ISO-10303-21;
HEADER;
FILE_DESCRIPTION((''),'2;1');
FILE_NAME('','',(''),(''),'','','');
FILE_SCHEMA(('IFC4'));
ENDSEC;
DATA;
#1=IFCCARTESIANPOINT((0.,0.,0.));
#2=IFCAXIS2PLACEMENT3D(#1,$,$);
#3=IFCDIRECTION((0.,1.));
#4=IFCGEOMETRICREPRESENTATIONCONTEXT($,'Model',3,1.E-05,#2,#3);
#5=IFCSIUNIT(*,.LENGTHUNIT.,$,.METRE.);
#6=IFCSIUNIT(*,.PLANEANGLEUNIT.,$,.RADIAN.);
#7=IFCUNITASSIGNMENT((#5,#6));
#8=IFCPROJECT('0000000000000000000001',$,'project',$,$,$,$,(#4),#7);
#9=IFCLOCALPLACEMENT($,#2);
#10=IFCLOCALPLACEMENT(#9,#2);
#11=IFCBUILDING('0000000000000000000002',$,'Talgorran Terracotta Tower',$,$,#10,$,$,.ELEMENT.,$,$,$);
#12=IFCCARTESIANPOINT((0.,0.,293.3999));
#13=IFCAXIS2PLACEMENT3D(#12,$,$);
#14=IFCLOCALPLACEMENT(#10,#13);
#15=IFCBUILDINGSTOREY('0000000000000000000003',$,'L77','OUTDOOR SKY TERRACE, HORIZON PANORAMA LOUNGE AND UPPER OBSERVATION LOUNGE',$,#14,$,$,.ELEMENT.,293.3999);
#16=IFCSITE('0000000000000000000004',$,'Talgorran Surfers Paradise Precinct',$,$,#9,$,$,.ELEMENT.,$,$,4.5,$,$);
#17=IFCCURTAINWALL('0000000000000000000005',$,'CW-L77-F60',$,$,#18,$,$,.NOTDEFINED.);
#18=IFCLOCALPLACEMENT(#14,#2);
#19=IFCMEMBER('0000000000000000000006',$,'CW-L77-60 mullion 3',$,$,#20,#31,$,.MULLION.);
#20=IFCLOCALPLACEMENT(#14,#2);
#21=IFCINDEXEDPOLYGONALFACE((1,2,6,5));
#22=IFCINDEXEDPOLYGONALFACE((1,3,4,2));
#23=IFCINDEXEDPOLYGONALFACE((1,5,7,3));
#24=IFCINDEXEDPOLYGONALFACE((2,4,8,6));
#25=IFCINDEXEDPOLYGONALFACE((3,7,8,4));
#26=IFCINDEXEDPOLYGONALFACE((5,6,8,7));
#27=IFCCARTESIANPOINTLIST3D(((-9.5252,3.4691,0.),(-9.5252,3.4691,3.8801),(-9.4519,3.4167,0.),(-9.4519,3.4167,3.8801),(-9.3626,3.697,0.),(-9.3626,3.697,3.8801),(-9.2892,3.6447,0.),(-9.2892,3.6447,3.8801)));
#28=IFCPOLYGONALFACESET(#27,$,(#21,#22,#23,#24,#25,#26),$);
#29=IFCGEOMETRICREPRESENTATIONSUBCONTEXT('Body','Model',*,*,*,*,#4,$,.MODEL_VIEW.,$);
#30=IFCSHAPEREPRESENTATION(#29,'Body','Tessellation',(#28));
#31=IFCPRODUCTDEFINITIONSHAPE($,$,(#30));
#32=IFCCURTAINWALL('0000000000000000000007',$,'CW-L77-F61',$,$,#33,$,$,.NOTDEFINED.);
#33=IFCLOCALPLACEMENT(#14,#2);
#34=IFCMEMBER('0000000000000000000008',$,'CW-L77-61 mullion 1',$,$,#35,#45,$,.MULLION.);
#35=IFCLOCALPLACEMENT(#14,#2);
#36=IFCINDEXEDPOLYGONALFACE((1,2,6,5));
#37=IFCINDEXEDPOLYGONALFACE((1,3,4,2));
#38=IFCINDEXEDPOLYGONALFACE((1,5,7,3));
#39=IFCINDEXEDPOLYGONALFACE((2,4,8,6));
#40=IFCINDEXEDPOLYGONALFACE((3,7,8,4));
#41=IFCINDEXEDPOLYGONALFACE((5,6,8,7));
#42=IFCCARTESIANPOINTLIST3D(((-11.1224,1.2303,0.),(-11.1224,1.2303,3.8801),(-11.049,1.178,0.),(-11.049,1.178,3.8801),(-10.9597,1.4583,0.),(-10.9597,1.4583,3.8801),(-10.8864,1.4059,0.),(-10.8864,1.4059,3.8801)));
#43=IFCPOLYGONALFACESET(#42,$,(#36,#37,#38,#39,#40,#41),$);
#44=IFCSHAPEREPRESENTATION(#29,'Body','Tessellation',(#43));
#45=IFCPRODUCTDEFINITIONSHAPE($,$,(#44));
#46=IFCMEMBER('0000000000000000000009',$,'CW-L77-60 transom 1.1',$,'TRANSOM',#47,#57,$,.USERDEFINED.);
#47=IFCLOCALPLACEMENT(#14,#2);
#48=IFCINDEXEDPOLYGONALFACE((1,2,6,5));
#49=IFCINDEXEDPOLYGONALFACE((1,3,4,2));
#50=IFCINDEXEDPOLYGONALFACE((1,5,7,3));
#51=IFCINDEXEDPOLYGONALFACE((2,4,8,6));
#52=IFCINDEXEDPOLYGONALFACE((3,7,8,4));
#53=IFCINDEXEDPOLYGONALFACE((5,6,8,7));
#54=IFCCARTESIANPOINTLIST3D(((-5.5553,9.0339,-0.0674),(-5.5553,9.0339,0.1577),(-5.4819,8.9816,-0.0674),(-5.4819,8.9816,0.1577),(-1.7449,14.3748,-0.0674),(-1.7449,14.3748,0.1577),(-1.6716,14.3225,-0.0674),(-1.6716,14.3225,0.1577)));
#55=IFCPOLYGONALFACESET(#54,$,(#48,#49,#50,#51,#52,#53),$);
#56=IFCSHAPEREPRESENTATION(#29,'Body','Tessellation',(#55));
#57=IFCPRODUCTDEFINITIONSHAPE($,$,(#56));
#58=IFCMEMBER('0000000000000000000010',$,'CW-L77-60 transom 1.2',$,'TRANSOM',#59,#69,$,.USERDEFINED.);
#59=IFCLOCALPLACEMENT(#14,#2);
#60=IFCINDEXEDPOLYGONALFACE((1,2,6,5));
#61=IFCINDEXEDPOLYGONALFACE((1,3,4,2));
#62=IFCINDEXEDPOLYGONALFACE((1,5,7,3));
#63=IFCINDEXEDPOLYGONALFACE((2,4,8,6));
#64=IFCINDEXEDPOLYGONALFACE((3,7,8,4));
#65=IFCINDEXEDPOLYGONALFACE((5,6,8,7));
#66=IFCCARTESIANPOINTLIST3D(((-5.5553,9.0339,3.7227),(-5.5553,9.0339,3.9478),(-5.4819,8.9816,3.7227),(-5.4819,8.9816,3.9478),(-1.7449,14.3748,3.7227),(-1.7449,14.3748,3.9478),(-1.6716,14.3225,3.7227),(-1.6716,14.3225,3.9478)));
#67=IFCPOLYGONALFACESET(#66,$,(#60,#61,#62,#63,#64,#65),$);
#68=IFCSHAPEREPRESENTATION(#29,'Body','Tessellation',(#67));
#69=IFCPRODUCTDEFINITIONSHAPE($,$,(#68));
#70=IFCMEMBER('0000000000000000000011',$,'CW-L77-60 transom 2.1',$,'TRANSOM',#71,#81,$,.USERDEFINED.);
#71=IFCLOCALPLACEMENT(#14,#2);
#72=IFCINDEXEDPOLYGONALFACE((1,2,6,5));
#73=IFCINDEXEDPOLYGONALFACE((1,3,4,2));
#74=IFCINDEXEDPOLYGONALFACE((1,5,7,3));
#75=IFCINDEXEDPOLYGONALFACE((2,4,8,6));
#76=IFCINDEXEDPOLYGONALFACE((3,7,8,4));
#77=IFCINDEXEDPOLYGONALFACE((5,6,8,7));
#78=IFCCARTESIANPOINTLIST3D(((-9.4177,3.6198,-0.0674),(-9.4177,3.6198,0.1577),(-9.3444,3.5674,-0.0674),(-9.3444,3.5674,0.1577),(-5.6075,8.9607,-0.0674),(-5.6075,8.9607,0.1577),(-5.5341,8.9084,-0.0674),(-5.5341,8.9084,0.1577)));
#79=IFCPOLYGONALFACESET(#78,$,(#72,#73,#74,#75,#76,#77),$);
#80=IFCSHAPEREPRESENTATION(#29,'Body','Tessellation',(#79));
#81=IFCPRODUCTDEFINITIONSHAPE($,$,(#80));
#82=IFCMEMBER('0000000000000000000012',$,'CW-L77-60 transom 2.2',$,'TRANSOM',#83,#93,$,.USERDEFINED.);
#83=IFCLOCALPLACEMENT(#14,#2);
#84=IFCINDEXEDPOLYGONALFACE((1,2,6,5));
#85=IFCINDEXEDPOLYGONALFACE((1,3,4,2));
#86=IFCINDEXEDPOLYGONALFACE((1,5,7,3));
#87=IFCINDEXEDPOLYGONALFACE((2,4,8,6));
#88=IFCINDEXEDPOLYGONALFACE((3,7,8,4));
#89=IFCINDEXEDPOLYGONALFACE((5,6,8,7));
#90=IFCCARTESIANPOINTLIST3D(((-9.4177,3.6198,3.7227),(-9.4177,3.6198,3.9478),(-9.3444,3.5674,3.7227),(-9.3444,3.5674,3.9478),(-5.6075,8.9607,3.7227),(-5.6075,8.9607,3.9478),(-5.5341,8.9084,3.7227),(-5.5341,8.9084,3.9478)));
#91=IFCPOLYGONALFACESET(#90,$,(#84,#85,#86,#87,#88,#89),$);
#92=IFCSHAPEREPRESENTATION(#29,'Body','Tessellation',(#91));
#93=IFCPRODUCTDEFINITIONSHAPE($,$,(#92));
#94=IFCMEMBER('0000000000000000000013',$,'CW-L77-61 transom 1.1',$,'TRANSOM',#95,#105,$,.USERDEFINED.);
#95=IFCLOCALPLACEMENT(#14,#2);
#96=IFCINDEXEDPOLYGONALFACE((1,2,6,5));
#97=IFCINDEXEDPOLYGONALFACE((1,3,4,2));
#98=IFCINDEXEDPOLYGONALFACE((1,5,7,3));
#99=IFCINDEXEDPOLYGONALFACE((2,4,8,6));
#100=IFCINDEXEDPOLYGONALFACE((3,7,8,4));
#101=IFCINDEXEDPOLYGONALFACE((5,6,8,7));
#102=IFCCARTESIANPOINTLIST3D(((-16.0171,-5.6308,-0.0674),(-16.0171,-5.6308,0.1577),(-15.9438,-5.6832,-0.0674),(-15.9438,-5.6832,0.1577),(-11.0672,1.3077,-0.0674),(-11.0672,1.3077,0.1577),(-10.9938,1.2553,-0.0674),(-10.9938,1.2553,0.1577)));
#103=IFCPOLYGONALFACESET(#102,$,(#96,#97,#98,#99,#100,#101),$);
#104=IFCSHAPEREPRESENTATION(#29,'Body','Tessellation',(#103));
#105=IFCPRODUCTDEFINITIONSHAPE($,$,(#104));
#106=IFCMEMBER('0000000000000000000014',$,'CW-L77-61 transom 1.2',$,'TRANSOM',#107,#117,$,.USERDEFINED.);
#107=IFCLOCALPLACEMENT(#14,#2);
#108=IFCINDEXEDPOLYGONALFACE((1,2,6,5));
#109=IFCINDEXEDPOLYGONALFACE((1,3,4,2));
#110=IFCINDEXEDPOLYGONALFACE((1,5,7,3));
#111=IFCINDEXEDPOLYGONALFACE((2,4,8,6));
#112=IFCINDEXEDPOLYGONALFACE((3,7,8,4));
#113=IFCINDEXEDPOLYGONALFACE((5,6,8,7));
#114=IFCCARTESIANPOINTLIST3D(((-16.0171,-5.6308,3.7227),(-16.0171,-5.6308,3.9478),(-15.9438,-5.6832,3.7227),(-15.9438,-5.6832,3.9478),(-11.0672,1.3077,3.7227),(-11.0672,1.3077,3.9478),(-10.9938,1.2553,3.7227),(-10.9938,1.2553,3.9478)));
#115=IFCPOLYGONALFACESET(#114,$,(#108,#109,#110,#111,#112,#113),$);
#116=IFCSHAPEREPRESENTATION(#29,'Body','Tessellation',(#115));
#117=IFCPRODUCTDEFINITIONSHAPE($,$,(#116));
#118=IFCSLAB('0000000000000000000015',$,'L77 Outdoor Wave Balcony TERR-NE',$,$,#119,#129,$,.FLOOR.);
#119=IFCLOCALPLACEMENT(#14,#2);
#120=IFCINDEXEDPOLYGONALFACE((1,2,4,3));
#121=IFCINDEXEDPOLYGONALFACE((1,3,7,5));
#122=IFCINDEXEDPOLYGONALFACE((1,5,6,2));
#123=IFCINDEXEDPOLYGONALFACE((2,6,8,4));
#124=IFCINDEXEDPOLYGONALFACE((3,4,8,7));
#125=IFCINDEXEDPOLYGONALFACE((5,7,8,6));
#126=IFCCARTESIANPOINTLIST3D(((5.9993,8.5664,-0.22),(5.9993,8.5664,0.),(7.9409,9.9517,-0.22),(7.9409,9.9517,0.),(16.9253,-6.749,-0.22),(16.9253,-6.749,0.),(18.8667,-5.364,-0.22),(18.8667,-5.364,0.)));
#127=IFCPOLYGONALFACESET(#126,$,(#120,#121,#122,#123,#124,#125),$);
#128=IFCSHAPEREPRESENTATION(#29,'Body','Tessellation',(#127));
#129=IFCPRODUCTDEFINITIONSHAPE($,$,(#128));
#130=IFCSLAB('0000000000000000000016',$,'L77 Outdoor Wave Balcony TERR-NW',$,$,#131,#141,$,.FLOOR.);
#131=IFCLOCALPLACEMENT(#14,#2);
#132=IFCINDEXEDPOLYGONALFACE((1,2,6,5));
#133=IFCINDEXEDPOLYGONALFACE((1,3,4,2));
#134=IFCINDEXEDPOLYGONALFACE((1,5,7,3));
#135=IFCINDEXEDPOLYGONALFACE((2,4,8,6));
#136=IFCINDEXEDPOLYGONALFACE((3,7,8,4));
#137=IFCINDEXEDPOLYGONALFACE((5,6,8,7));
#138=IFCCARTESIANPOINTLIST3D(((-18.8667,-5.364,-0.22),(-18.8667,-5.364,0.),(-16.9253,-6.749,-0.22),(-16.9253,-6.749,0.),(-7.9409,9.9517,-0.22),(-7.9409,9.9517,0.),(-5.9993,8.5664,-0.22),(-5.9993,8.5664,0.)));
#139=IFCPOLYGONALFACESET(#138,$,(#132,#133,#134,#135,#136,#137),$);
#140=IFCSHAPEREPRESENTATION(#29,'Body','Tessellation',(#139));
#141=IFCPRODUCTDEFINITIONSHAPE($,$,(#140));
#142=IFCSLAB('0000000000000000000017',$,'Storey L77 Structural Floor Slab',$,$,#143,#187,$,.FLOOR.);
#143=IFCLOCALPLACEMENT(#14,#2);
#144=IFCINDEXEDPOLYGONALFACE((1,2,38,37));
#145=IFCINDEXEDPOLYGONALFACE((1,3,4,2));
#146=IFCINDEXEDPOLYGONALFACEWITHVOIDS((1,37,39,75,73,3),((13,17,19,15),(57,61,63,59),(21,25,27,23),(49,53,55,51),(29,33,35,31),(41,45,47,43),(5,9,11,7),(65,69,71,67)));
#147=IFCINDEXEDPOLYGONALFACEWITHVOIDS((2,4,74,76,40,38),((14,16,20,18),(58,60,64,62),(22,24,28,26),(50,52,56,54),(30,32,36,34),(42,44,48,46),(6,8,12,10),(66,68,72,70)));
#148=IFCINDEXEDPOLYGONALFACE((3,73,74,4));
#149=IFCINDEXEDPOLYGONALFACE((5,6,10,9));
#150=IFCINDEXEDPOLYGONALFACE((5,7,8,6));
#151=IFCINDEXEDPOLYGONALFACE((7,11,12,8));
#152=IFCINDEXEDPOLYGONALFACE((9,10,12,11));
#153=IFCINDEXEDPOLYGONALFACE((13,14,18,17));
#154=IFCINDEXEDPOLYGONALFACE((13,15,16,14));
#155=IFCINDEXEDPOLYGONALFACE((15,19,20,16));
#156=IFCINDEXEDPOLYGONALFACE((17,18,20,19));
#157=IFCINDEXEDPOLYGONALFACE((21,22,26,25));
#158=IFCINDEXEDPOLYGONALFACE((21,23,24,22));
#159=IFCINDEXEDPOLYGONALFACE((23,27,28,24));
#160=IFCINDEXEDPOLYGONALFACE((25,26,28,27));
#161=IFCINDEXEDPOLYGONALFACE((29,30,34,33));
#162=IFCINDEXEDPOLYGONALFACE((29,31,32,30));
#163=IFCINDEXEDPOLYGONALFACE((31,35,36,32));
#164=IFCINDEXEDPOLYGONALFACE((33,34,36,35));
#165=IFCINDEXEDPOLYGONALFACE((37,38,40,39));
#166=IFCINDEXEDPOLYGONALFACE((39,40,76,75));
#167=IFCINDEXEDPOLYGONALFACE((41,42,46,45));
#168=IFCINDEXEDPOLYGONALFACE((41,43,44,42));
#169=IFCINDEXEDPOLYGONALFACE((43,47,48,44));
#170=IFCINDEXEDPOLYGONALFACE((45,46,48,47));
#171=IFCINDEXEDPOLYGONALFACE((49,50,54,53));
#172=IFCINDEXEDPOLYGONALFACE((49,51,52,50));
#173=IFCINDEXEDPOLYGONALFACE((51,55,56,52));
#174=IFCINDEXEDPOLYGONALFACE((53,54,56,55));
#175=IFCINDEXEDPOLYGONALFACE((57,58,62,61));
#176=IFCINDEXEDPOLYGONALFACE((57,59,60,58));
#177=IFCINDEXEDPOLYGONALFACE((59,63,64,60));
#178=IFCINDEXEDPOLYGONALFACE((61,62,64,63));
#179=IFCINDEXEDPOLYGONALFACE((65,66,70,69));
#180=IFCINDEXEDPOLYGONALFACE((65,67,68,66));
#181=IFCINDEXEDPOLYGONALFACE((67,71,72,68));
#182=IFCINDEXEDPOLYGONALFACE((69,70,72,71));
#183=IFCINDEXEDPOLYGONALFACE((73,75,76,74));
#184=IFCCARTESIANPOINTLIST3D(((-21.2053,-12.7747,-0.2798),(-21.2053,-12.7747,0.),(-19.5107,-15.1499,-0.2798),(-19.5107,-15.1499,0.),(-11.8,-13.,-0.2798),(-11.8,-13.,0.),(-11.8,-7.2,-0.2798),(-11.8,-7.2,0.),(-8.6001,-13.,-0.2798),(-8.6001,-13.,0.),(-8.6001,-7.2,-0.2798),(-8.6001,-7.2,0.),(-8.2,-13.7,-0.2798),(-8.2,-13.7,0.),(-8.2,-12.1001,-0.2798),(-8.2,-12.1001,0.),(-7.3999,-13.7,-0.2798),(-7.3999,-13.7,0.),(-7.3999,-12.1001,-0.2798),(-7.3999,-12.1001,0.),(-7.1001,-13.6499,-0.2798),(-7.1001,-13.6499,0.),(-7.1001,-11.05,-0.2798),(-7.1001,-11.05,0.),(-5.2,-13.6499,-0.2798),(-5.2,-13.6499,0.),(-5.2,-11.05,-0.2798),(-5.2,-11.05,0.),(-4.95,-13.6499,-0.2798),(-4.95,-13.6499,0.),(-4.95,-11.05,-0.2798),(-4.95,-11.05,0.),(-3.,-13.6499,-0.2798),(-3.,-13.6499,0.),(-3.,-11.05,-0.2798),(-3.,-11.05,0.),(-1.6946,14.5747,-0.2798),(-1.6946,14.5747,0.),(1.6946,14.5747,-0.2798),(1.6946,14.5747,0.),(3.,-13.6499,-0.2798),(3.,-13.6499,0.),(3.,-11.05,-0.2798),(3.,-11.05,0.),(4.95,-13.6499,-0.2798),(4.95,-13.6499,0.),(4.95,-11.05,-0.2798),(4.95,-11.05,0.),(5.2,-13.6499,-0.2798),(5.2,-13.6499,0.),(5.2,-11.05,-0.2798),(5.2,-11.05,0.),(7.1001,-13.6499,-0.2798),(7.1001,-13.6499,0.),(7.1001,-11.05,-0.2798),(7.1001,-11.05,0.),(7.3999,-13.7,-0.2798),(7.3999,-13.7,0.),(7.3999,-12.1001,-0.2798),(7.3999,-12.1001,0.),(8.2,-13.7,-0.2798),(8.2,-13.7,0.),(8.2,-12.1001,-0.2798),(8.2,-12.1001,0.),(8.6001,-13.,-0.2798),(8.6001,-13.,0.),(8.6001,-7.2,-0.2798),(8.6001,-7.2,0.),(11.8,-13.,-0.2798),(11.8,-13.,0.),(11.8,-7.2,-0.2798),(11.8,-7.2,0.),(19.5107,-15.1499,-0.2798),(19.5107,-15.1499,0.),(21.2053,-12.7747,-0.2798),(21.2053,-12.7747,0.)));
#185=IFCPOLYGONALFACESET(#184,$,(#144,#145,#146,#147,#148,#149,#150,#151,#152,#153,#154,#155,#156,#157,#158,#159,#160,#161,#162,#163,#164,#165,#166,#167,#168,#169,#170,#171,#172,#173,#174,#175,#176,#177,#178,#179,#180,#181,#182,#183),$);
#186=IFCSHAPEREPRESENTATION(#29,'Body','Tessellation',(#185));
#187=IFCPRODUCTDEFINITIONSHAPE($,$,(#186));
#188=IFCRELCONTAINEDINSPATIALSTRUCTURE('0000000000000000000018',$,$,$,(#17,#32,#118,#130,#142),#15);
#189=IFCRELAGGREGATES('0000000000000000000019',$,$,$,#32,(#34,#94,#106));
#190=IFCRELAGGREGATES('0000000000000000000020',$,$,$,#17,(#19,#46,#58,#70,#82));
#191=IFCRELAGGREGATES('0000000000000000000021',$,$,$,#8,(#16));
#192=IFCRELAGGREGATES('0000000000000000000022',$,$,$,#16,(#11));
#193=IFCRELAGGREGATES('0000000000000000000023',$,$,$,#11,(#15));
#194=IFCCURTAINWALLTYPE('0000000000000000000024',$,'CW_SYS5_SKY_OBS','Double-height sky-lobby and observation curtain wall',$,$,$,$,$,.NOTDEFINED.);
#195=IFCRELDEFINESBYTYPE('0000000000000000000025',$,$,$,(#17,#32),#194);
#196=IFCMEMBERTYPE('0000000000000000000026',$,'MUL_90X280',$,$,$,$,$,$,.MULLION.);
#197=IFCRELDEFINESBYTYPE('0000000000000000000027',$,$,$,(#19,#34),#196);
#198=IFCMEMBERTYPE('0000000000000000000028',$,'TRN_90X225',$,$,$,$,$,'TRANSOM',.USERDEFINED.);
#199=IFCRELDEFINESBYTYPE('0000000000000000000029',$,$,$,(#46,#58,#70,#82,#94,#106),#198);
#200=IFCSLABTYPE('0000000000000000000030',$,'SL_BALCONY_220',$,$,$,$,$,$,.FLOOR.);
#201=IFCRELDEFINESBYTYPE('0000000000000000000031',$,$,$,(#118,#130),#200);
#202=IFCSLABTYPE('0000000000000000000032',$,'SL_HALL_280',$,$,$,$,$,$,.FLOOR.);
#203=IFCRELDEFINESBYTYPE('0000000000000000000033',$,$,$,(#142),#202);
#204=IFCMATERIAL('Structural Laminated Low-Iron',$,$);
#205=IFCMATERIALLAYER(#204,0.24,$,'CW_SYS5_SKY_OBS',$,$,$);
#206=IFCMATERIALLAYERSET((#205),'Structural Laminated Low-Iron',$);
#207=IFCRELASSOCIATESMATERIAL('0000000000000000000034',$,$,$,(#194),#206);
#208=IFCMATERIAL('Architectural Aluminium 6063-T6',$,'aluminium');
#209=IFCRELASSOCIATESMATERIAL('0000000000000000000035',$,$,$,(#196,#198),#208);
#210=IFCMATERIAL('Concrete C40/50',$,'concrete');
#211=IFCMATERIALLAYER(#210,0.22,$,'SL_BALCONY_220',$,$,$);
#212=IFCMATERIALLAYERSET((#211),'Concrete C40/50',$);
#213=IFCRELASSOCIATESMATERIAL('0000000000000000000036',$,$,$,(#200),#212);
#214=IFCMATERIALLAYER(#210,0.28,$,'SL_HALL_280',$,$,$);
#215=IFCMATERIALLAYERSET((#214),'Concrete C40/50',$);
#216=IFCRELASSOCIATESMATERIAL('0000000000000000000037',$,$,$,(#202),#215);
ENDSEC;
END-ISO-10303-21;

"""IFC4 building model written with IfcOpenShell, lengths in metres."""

from ifc_helpers import new_model, si_unit, direction, frame, origin, origin_2d, place, context, subcontext, project, spatial, polyline, rectangle, outline, extrude, material, layer, layer_set, material_profile, profile_set, type_object, element, aggregate, save


model = new_model("IFC4")

# Units and contexts
model_context = context("Model", 3, precision=1e-05, world=origin(), true_north=direction((0.0, 1.0)))
body_context = subcontext(model_context, "Body", "Model", "MODEL_VIEW")
ifc_project = project(units=[si_unit("LENGTHUNIT", "METRE"), si_unit("PLANEANGLEUNIT", "RADIAN")], contexts=[model_context])

# Site, building, storey
site_placement = place(None, origin())
site = spatial("IfcSite", under=ifc_project, at=site_placement, Name="Talgorran Surfers Paradise Precinct", CompositionType="ELEMENT", RefElevation=4.5)
building_placement = place(site_placement, origin())
building = spatial("IfcBuilding", under=site, at=building_placement, Name="Talgorran Terracotta Tower", CompositionType="ELEMENT")
storey_placement = place(building_placement, frame((0.0, 0.0, 293.3999)))
storey = spatial("IfcBuildingStorey", under=building, at=storey_placement, Name="L77", Description="OUTDOOR SKY TERRACE, HORIZON PANORAMA LOUNGE AND UPPER OBSERVATION LOUNGE", CompositionType="ELEMENT", Elevation=293.3999)

# Shared definitions
ifc_material_1 = material(Name="Structural Laminated Low-Iron")
ifc_layer_1 = layer(ifc_material_1, 0.24, Name="CW_SYS5_SKY_OBS")
ifc_layer_set_1 = layer_set([ifc_layer_1], Name="Structural Laminated Low-Iron")
curtain_wall_type = type_object("IfcCurtainWallType", Name="CW_SYS5_SKY_OBS", Description="Double-height sky-lobby and observation curtain wall", PredefinedType="NOTDEFINED", material=ifc_layer_set_1)
ifc_material_2 = material(Name="Architectural Aluminium 6063-T6", Category="aluminium")
ifc_material_profile_1 = material_profile(ifc_material_2, rectangle(XDim=0.0901, YDim=0.28, at=origin_2d()), Name="CWM90X280")
ifc_profile_set_1 = profile_set([ifc_material_profile_1], Name="Architectural Aluminium 6063-T6")
member_type_1 = type_object("IfcMemberType", Name="MUL_90X280", PredefinedType="MULLION", material=ifc_profile_set_1)

# Curtain wall, member
curtain_wall_1_placement = place(storey_placement, origin())
curtain_wall_1 = element("IfcCurtainWall", 1, at=curtain_wall_1_placement, inside=storey, type_object=curtain_wall_type, Name="CW-L77-F60", PredefinedType="NOTDEFINED")
member_1_placement = place(storey_placement, frame((-9.4072, 3.5569, 0.0), z_axis=(0.0, 0.0, 1.0), x_axis=(0.814072, -0.580763, 0.0)))
member_1 = element("IfcMember", 2, at=member_1_placement, type_object=member_type_1, Name="CW-L77-60 mullion 3", PredefinedType="MULLION", context=body_context, shape_type="SweptSolid", body=[
    extrude(rectangle(XDim=0.0901, YDim=0.28, at=origin_2d()), origin(), (0.0, 0.0, 1.0), 3.8801),
])

# Curtain wall, member
curtain_wall_2_placement = place(storey_placement, origin())
curtain_wall_2 = element("IfcCurtainWall", 3, at=curtain_wall_2_placement, inside=storey, type_object=curtain_wall_type, Name="CW-L77-F61", PredefinedType="NOTDEFINED")
member_2_placement = place(storey_placement, frame((-11.0044, 1.3181, 0.0), z_axis=(0.0, 0.0, 1.0), x_axis=(0.814074, -0.580761, 0.0)))
member_2 = element("IfcMember", 4, at=member_2_placement, type_object=member_type_1, Name="CW-L77-61 mullion 1", PredefinedType="MULLION", context=body_context, shape_type="SweptSolid", body=[
    extrude(rectangle(XDim=0.0901, YDim=0.28, at=origin_2d()), origin(), (0.0, 0.0, 1.0), 3.8801),
])

# Members
ifc_material_profile_2 = material_profile(ifc_material_2, rectangle(XDim=0.0901, YDim=0.2251, at=origin_2d()), Name="CWT90X225")
ifc_profile_set_2 = profile_set([ifc_material_profile_2], Name="Architectural Aluminium 6063-T6")
member_type_2 = type_object("IfcMemberType", Name="TRN_90X225", ElementType="TRANSOM", PredefinedType="USERDEFINED", material=ifc_profile_set_2)
member_3_placement = place(storey_placement, frame((-1.7083, 14.3486, 0.0452), z_axis=(-0.580777, -0.814063, 0.0), x_axis=(0.814063, -0.580777, 0.0)))
member_3 = element("IfcMember", 5, at=member_3_placement, type_object=member_type_2, Name="CW-L77-60 transom 1.1", ObjectType="TRANSOM", PredefinedType="USERDEFINED", context=body_context, shape_type="SweptSolid", body=[
    extrude(rectangle(XDim=0.0901, YDim=0.2251, at=origin_2d()), origin(), (0.0, 0.0, 1.0), 6.5608),
])
member_4_placement = place(storey_placement, frame((-1.7083, 14.3486, 3.8352), z_axis=(-0.580777, -0.814063, 0.0), x_axis=(0.814063, -0.580777, 0.0)))
member_4 = element("IfcMember", 6, at=member_4_placement, type_object=member_type_2, Name="CW-L77-60 transom 1.2", ObjectType="TRANSOM", PredefinedType="USERDEFINED", context=body_context, shape_type="SweptSolid", body=[
    extrude(rectangle(XDim=0.0901, YDim=0.2251, at=origin_2d()), origin(), (0.0, 0.0, 1.0), 6.5608),
])
member_5_placement = place(storey_placement, frame((-5.5708, 8.9346, 0.0452), z_axis=(-0.580759, -0.814075, 0.0), x_axis=(0.814075, -0.580759, 0.0)))
member_5 = element("IfcMember", 7, at=member_5_placement, type_object=member_type_2, Name="CW-L77-60 transom 2.1", ObjectType="TRANSOM", PredefinedType="USERDEFINED", context=body_context, shape_type="SweptSolid", body=[
    extrude(rectangle(XDim=0.0901, YDim=0.2251, at=origin_2d()), origin(), (0.0, 0.0, 1.0), 6.5608),
])
member_6_placement = place(storey_placement, frame((-5.5708, 8.9346, 3.8352), z_axis=(-0.580759, -0.814075, 0.0), x_axis=(0.814075, -0.580759, 0.0)))
member_6 = element("IfcMember", 8, at=member_6_placement, type_object=member_type_2, Name="CW-L77-60 transom 2.2", ObjectType="TRANSOM", PredefinedType="USERDEFINED", context=body_context, shape_type="SweptSolid", body=[
    extrude(rectangle(XDim=0.0901, YDim=0.2251, at=origin_2d()), origin(), (0.0, 0.0, 1.0), 6.5608),
])
member_7_placement = place(storey_placement, frame((-11.0305, 1.2815, 0.0452), z_axis=(-0.580764, -0.814072, 0.0), x_axis=(0.814072, -0.580764, 0.0)))
member_7 = element("IfcMember", 9, at=member_7_placement, type_object=member_type_2, Name="CW-L77-61 transom 1.1", ObjectType="TRANSOM", PredefinedType="USERDEFINED", context=body_context, shape_type="SweptSolid", body=[
    extrude(rectangle(XDim=0.0901, YDim=0.2251, at=origin_2d()), origin(), (0.0, 0.0, 1.0), 8.5232),
])
member_8_placement = place(storey_placement, frame((-11.0305, 1.2815, 3.8352), z_axis=(-0.580764, -0.814072, 0.0), x_axis=(0.814072, -0.580764, 0.0)))
member_8 = element("IfcMember", 10, at=member_8_placement, type_object=member_type_2, Name="CW-L77-61 transom 1.2", ObjectType="TRANSOM", PredefinedType="USERDEFINED", context=body_context, shape_type="SweptSolid", body=[
    extrude(rectangle(XDim=0.0901, YDim=0.2251, at=origin_2d()), origin(), (0.0, 0.0, 1.0), 8.5232),
])
aggregate(curtain_wall_2, [member_2, member_7, member_8])

# Slabs
ifc_material_3 = material(Name="Concrete C40/50", Category="concrete")
ifc_layer_2 = layer(ifc_material_3, 0.22, Name="SL_BALCONY_220")
ifc_layer_set_2 = layer_set([ifc_layer_2], Name="Concrete C40/50")
slab_type_1 = type_object("IfcSlabType", Name="SL_BALCONY_220", PredefinedType="FLOOR", material=ifc_layer_set_2)
slab_1_placement = place(storey_placement, frame((0.0, 0.0, -0.22)))
element("IfcSlab", 11, at=slab_1_placement, inside=storey, type_object=slab_type_1, Name="L77 Outdoor Wave Balcony TERR-NE", PredefinedType="FLOOR", context=body_context, shape_type="SweptSolid", body=[
    extrude(outline(polyline([(5.9993, 8.5664), (16.9253, -6.749), (18.8667, -5.364), (7.9409, 9.9517), (5.9993, 8.5664)])), origin(), (0.0, 0.0, 1.0), 0.22),
])
slab_2_placement = place(storey_placement, frame((0.0, 0.0, -0.22)))
element("IfcSlab", 12, at=slab_2_placement, inside=storey, type_object=slab_type_1, Name="L77 Outdoor Wave Balcony TERR-NW", PredefinedType="FLOOR", context=body_context, shape_type="SweptSolid", body=[
    extrude(outline(polyline([(-16.9253, -6.749), (-5.9993, 8.5664), (-7.9409, 9.9517), (-18.8667, -5.364), (-16.9253, -6.749)])), origin(), (0.0, 0.0, 1.0), 0.22),
])
ifc_layer_3 = layer(ifc_material_3, 0.28, Name="SL_HALL_280")
ifc_layer_set_3 = layer_set([ifc_layer_3], Name="Concrete C40/50")
slab_type_2 = type_object("IfcSlabType", Name="SL_HALL_280", PredefinedType="FLOOR", material=ifc_layer_set_3)
slab_3_placement = place(storey_placement, frame((0.0, 0.0, -0.2798)))
element("IfcSlab", 13, at=slab_3_placement, inside=storey, type_object=slab_type_2, Name="Storey L77 Structural Floor Slab", PredefinedType="FLOOR", context=body_context, shape_type="SweptSolid", body=[
    extrude(outline(polyline([(-21.2053, -12.7747), (-19.5107, -15.1499), (19.5107, -15.1499), (21.2053, -12.7747), (1.6946, 14.5747), (-1.6946, 14.5747), (-21.2053, -12.7747)]), holes=[polyline([(-11.8, -7.2), (-11.8, -13.0), (-8.6001, -13.0), (-8.6001, -7.2), (-11.8, -7.2)]), polyline([(8.6001, -7.2), (8.6001, -13.0), (11.8, -13.0), (11.8, -7.2), (8.6001, -7.2)]), polyline([(-7.1001, -13.6499), (-5.2, -13.6499), (-5.2, -11.05), (-7.1001, -11.05), (-7.1001, -13.6499)]), polyline([(5.2, -13.6499), (7.1001, -13.6499), (7.1001, -11.05), (5.2, -11.05), (5.2, -13.6499)]), polyline([(3.0, -13.6499), (4.95, -13.6499), (4.95, -11.05), (3.0, -11.05), (3.0, -13.6499)]), polyline([(-4.95, -13.6499), (-3.0, -13.6499), (-3.0, -11.05), (-4.95, -11.05), (-4.95, -13.6499)]), polyline([(-8.2, -13.7), (-7.3999, -13.7), (-7.3999, -12.1001), (-8.2, -12.1001), (-8.2, -13.7)]), polyline([(7.3999, -13.7), (8.2, -13.7), (8.2, -12.1001), (7.3999, -12.1001), (7.3999, -13.7)])]), origin(), (0.0, 0.0, 1.0), 0.2798),
])

aggregate(curtain_wall_1, [member_1, member_3, member_4, member_5, member_6])

save(model, "model.ifc")
